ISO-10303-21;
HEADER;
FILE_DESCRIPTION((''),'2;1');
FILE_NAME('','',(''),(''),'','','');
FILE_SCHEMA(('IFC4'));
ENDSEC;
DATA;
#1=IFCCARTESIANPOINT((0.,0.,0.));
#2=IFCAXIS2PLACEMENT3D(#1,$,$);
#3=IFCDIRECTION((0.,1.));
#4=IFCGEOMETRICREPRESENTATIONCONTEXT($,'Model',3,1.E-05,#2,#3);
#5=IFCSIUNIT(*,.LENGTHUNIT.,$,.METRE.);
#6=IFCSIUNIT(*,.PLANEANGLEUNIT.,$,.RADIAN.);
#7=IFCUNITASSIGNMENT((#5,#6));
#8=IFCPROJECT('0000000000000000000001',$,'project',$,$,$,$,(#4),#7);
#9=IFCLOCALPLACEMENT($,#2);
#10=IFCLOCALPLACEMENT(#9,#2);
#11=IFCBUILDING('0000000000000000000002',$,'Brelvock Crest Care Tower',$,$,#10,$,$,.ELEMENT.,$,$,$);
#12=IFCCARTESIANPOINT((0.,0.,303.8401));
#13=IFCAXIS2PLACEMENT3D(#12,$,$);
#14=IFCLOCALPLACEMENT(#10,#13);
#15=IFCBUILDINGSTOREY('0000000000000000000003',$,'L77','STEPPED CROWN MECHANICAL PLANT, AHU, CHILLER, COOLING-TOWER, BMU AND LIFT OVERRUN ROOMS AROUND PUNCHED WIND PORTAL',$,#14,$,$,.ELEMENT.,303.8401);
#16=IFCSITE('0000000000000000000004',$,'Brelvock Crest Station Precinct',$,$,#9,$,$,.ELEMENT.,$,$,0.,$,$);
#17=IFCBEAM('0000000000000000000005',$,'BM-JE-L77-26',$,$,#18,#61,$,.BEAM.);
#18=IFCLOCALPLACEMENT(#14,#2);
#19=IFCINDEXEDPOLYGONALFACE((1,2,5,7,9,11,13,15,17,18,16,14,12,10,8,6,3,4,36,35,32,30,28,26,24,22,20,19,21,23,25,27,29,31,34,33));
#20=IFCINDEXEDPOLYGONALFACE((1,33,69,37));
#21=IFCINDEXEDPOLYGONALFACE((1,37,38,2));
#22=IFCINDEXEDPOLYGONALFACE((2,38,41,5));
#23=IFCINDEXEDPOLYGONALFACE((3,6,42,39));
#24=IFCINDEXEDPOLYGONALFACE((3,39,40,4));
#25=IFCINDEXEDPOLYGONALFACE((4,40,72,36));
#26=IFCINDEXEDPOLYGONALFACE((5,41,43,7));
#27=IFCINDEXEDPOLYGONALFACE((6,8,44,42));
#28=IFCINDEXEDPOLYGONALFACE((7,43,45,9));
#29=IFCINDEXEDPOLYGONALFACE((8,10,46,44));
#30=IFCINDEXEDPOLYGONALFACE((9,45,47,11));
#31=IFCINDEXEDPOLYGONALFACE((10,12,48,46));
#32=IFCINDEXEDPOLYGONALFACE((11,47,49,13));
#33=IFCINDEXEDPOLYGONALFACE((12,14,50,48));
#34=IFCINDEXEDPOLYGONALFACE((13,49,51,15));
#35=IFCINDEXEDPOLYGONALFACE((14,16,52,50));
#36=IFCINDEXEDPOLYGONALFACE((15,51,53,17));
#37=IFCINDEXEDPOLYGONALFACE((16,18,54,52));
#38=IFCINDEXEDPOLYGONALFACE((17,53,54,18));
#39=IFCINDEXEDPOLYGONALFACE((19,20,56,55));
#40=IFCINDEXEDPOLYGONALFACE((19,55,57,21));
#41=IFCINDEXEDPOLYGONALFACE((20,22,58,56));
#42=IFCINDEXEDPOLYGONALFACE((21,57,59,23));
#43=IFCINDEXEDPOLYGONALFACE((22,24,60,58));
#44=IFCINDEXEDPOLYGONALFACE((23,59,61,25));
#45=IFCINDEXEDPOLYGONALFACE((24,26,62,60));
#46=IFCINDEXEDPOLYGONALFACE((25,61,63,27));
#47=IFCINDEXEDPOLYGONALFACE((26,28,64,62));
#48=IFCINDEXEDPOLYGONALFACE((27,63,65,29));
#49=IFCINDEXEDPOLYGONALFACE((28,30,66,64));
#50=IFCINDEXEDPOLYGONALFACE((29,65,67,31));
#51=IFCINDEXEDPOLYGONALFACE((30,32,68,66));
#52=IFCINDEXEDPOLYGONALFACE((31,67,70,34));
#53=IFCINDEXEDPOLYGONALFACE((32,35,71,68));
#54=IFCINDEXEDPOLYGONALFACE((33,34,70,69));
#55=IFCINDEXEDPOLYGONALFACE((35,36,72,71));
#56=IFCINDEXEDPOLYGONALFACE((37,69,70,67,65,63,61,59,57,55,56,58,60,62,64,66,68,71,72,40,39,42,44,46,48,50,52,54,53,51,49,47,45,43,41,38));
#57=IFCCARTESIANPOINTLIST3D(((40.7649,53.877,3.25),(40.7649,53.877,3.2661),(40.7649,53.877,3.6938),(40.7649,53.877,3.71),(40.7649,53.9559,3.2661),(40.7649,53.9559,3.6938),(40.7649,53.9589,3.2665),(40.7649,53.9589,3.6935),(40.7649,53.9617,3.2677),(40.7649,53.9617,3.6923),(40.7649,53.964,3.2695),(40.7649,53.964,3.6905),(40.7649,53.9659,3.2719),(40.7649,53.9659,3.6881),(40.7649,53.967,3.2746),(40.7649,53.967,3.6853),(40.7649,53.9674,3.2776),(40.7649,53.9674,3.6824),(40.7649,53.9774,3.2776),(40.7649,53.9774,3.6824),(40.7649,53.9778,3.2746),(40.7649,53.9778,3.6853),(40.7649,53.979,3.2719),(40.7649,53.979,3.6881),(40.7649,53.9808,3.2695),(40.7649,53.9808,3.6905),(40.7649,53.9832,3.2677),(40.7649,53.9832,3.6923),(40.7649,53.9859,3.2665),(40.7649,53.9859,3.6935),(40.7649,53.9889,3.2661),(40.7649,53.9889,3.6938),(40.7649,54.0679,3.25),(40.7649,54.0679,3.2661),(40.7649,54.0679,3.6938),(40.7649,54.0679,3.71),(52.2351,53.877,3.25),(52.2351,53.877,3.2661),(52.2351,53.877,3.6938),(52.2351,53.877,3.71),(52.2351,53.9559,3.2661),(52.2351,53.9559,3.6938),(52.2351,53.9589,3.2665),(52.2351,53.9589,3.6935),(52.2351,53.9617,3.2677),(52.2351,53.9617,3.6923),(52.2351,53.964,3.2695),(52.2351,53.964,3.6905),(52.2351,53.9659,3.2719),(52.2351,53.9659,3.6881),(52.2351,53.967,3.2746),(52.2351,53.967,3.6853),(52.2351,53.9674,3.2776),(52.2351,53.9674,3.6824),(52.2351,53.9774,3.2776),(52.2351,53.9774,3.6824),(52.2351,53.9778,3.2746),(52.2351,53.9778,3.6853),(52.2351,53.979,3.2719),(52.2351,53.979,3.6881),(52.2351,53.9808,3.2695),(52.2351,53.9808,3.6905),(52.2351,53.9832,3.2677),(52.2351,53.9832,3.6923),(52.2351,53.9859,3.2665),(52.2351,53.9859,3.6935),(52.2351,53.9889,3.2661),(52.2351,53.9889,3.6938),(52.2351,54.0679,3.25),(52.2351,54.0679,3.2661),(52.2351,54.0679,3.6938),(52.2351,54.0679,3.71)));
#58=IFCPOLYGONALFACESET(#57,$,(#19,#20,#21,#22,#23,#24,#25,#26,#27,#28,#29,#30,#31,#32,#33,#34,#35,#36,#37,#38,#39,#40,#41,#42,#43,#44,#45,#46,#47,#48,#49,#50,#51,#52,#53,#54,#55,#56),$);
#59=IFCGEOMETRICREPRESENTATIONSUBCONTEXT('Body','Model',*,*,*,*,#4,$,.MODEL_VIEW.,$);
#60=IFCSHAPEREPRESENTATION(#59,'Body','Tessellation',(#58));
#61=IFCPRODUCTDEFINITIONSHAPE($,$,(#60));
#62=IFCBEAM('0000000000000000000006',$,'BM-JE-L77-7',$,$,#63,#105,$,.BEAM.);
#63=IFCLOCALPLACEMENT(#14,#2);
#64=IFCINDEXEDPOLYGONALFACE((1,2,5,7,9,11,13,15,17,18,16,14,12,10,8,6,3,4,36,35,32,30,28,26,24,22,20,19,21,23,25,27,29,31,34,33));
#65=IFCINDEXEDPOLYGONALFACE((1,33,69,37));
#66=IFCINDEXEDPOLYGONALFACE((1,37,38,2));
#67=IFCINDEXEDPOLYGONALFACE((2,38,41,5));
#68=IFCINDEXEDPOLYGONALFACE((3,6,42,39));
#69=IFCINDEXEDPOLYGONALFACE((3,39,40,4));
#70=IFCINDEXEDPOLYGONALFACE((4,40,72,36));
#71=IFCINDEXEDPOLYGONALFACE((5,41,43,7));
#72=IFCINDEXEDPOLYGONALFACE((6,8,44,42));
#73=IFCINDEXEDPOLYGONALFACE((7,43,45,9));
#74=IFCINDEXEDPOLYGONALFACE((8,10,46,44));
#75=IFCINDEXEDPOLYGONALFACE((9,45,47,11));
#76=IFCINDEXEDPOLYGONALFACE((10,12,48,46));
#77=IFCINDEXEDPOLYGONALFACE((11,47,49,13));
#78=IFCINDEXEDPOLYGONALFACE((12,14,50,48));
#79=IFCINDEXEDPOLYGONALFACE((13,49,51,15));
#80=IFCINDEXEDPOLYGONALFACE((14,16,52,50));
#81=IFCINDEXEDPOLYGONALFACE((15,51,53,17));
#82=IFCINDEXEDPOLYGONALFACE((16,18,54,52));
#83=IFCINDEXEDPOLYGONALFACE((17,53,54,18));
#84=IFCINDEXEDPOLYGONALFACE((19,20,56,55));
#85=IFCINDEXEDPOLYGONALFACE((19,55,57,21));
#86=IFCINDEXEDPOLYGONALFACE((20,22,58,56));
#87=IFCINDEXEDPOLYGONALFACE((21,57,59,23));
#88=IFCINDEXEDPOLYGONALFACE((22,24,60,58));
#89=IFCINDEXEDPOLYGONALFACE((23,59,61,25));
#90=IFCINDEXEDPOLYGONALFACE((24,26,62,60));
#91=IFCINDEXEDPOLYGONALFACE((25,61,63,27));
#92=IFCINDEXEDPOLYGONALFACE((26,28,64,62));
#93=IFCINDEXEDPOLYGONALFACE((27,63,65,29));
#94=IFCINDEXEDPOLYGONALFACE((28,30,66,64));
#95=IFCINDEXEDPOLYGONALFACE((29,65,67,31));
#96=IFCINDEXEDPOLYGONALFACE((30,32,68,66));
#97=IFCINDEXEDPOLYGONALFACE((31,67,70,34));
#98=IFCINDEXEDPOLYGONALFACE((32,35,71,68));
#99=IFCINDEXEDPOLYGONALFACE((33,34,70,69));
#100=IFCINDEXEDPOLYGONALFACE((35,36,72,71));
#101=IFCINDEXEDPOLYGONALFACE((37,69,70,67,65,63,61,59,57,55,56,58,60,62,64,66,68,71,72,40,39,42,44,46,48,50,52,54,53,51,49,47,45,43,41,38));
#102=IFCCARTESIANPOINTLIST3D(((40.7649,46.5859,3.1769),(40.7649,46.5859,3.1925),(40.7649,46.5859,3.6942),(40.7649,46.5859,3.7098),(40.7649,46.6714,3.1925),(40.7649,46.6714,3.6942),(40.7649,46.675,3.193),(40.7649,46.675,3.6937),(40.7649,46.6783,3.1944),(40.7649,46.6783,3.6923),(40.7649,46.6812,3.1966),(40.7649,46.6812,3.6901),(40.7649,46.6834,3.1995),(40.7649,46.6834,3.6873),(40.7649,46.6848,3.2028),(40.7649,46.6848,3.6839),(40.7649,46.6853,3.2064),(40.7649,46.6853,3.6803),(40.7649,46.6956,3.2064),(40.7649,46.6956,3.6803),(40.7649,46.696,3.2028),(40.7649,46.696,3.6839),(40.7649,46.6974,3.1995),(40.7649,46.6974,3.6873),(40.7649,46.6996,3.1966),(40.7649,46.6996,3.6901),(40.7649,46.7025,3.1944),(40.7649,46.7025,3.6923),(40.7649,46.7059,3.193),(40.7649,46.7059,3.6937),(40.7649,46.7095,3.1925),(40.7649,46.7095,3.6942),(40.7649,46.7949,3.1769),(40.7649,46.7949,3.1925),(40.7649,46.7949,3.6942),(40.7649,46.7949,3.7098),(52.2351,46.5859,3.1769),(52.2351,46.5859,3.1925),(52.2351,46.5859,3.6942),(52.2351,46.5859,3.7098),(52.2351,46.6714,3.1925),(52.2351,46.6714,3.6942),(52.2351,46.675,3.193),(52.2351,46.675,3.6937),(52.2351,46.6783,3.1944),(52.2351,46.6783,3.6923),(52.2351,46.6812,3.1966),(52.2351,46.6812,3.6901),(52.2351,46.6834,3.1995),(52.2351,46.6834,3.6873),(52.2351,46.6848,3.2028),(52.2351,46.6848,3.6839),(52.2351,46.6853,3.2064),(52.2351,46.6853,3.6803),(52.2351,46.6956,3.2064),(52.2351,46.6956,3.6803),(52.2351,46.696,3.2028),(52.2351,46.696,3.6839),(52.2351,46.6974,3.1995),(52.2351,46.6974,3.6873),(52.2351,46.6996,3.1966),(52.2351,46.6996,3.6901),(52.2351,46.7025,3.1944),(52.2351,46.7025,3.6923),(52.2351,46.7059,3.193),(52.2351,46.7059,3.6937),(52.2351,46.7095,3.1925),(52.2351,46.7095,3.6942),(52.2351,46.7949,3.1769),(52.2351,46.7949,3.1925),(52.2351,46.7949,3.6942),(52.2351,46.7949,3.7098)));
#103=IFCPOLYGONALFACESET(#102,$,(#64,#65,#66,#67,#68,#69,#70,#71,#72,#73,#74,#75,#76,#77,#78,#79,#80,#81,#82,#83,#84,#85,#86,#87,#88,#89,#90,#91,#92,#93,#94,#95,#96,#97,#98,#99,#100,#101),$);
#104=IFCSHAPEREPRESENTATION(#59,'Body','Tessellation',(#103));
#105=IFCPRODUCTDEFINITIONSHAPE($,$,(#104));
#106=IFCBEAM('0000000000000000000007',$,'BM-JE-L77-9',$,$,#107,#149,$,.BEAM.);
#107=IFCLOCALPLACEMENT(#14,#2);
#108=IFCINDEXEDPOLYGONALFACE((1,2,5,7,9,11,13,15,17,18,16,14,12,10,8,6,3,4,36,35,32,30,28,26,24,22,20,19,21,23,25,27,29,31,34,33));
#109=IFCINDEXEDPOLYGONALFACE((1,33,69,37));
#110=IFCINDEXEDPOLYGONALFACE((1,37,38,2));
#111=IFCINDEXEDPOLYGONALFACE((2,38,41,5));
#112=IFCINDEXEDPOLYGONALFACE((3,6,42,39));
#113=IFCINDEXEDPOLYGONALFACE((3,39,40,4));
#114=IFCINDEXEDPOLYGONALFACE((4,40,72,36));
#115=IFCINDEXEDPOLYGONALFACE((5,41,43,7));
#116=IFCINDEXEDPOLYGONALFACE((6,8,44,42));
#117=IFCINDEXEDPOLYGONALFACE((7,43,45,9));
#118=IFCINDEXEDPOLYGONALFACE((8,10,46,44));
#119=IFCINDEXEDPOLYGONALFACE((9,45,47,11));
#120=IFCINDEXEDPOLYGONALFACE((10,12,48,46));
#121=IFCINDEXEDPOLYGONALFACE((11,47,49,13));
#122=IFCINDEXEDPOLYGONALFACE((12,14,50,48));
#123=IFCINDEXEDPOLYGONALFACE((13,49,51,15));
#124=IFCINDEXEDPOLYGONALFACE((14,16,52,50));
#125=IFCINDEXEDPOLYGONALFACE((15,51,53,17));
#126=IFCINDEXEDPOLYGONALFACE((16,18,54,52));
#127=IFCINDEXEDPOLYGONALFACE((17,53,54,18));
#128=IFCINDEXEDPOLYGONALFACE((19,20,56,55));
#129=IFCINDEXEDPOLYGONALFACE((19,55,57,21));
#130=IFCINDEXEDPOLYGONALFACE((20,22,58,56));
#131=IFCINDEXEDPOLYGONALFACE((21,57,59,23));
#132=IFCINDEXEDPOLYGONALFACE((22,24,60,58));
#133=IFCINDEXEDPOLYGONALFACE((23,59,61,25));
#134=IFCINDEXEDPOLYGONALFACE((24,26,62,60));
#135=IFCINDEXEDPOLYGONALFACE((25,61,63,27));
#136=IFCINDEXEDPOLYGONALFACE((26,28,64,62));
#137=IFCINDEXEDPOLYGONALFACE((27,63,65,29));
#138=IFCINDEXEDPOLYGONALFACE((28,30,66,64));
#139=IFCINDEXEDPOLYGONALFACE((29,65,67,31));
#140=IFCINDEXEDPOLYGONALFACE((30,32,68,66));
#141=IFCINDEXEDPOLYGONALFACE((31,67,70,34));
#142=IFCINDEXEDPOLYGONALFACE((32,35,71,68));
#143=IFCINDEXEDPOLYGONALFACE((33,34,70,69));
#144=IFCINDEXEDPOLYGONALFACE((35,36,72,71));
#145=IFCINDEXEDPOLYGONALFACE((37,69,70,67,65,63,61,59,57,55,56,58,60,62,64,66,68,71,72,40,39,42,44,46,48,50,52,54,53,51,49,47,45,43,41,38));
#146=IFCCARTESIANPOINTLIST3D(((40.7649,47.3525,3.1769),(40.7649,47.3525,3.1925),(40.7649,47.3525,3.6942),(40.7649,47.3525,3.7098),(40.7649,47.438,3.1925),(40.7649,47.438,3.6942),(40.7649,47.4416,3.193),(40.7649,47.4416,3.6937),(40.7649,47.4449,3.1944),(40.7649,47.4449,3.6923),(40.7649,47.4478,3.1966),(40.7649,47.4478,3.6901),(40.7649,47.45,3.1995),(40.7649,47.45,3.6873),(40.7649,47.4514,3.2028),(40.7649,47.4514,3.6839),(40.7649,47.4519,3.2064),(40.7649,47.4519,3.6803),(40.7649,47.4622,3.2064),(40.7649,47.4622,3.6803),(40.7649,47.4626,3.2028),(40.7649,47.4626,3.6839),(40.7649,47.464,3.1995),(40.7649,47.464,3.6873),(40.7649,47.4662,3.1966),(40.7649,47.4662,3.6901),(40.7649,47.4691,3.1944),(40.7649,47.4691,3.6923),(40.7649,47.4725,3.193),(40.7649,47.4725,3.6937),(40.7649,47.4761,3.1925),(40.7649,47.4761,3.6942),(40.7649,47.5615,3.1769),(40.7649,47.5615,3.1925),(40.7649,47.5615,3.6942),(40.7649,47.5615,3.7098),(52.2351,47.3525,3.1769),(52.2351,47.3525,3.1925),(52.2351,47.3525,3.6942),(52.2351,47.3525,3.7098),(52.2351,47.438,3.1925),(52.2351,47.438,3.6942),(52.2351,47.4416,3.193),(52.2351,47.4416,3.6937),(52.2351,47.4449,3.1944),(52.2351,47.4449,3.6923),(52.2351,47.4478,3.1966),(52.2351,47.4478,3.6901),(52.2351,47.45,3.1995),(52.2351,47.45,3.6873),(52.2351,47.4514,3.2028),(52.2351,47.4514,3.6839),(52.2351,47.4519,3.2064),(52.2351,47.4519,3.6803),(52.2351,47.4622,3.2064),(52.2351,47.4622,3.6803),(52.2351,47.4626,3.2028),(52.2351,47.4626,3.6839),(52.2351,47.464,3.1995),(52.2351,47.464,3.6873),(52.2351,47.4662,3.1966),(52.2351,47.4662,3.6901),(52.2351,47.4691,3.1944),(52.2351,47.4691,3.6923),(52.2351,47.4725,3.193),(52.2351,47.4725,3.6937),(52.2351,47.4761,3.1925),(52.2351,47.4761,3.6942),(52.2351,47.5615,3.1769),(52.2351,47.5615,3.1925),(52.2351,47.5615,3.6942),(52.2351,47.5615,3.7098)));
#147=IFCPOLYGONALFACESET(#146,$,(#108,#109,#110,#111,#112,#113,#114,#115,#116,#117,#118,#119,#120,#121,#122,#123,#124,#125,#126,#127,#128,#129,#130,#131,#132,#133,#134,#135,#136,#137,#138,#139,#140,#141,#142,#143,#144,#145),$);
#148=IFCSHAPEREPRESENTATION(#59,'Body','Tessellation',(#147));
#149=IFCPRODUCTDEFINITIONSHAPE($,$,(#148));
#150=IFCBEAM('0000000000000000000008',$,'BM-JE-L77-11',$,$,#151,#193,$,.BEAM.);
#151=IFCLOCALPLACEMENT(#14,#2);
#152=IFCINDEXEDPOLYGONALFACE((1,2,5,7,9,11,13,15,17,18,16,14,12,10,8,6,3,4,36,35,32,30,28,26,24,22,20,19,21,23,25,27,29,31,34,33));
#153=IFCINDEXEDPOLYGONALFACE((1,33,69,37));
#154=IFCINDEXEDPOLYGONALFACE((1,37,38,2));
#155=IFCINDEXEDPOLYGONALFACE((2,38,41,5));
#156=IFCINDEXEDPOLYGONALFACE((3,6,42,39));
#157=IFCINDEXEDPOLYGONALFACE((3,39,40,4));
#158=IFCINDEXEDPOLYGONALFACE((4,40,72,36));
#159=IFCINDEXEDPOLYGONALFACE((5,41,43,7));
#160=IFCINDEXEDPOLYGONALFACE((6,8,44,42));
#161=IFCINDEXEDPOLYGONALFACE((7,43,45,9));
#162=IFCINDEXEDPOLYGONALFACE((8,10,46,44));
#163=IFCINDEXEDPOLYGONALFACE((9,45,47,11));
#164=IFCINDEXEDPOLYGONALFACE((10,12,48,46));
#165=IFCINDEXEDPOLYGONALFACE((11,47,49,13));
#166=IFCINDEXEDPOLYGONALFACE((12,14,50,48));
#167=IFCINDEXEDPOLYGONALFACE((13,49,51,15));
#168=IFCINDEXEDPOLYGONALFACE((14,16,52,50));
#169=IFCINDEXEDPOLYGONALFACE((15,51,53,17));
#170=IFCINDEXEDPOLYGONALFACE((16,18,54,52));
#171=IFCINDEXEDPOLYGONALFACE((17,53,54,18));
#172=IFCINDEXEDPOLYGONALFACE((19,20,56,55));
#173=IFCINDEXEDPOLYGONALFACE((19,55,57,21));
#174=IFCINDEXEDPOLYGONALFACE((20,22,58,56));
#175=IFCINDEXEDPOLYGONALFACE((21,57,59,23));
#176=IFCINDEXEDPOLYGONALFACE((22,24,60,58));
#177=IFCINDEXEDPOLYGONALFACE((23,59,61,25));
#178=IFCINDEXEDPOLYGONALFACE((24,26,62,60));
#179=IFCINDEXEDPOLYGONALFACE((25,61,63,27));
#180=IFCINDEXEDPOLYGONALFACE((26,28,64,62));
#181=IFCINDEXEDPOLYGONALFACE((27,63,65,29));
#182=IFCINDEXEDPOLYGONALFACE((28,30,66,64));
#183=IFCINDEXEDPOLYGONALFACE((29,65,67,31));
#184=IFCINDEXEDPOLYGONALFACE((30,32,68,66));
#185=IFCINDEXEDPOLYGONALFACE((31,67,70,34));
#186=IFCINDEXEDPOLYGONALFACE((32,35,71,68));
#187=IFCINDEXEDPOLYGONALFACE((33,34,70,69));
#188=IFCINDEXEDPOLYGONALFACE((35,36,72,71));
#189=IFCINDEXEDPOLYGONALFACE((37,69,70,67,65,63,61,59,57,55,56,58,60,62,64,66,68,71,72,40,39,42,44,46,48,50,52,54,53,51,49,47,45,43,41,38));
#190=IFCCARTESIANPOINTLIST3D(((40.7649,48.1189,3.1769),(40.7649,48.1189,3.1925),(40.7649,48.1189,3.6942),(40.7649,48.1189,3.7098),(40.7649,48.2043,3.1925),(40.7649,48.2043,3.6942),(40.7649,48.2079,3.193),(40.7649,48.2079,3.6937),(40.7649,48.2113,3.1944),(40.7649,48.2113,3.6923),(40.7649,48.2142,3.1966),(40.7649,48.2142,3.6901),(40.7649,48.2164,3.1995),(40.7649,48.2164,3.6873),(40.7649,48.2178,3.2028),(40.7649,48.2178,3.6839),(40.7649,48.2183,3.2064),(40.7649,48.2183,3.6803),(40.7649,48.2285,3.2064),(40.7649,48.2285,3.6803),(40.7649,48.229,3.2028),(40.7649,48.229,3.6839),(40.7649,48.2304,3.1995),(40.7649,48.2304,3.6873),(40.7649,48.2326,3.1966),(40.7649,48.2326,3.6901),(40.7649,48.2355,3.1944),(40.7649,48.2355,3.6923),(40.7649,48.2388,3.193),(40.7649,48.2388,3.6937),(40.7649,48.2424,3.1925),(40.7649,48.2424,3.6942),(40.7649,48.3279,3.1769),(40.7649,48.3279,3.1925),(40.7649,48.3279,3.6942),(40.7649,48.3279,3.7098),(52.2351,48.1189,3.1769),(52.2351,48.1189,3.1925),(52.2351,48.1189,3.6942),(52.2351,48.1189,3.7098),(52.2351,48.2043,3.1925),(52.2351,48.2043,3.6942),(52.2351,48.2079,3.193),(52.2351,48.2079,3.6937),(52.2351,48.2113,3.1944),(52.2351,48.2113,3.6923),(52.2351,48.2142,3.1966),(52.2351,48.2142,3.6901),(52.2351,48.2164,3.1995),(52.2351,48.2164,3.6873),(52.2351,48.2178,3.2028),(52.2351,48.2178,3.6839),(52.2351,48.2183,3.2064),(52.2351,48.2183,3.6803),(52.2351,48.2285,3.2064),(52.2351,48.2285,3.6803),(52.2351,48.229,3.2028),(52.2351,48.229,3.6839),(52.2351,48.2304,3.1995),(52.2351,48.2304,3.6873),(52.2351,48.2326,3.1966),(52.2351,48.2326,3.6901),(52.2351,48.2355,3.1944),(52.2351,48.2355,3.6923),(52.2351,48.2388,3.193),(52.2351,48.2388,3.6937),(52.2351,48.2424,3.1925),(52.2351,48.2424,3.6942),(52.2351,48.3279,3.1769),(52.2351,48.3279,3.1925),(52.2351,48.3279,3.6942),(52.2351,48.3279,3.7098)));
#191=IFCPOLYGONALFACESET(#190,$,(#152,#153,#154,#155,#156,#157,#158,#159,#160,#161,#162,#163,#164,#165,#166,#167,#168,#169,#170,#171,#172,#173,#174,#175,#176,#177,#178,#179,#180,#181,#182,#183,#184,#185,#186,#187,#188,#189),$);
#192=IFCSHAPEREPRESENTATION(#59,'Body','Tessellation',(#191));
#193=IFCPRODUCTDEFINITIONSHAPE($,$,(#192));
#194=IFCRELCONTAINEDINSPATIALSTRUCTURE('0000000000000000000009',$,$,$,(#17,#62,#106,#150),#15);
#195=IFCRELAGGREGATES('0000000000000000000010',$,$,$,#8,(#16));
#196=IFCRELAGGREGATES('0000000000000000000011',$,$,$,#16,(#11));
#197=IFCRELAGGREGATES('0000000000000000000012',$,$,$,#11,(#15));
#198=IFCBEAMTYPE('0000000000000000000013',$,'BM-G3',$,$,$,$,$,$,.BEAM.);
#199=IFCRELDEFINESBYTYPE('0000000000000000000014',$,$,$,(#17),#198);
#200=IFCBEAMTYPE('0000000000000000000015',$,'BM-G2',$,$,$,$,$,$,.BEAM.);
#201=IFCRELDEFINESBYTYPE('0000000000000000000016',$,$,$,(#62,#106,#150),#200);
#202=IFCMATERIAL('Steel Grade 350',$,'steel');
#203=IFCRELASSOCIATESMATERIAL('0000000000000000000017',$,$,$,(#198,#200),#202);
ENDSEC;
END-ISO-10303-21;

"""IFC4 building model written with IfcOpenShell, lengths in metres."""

from ifc_helpers import new_model, si_unit, direction, frame, origin, origin_2d, place, context, subcontext, project, spatial, i_section, extrude, source, transform, mapped, material, material_profile, profile_set, type_object, element, save


model = new_model("IFC4")

# Units and contexts
model_context = context("Model", 3, precision=1e-05, world=origin(), true_north=direction((0.0, 1.0)))
body_context = subcontext(model_context, "Body", "Model", "MODEL_VIEW")
ifc_project = project(units=[si_unit("LENGTHUNIT", "METRE"), si_unit("PLANEANGLEUNIT", "RADIAN")], contexts=[model_context])

# Site, building, storey
site_placement = place(None, origin())
site = spatial("IfcSite", under=ifc_project, at=site_placement, Name="Brelvock Crest Station Precinct", CompositionType="ELEMENT", RefElevation=0.0)
building_placement = place(site_placement, origin())
building = spatial("IfcBuilding", under=site, at=building_placement, Name="Brelvock Crest Care Tower", CompositionType="ELEMENT")
storey_placement = place(building_placement, frame((0.0, 0.0, 303.8401)))
storey = spatial("IfcBuildingStorey", under=building, at=storey_placement, Name="L77", Description="STEPPED CROWN MECHANICAL PLANT, AHU, CHILLER, COOLING-TOWER, BMU AND LIFT OVERRUN ROOMS AROUND PUNCHED WIND PORTAL", CompositionType="ELEMENT", Elevation=303.8401)

# Shared definitions
ifc_material_1 = material(Name="Steel Grade 350", Category="steel")

# Beams
ifc_material_profile_1 = material_profile(ifc_material_1, i_section(OverallWidth=0.1909, OverallDepth=0.46, WebThickness=0.01, FlangeThickness=0.0161, FilletRadius=0.0115, at=origin_2d()), Name="460UB82.1")
ifc_profile_set_1 = profile_set([ifc_material_profile_1], Name="Steel Grade 350")
beam_type_1 = type_object("IfcBeamType", Name="BM-G3", PredefinedType="BEAM", material=ifc_profile_set_1)
shared_shape_1 = source(origin(), body_context, "Body", "SweptSolid", [
    extrude(i_section(OverallWidth=0.1909, OverallDepth=0.46, WebThickness=0.01, FlangeThickness=0.0161, FilletRadius=0.0115, at=origin_2d()), origin(), (0.0, 0.0, 1.0), 11.4702),
])
for number, where, z_axis, x_axis, name in (
    (1, (40.7649, 53.9724, 3.48), (1.0, 0.0, 0.0), (0.0, 1.0, 0.0), "BM-JE-L77-26"),
):
    element("IfcBeam", number, at=place(storey_placement, frame(where, z_axis=z_axis, x_axis=x_axis)), inside=storey, type_object=beam_type_1, Name=name, PredefinedType="BEAM", context=body_context, shape_type="MappedRepresentation", body=[
        mapped(shared_shape_1, transform((0.0, 0.0, 0.0), x_axis=(1.0, 0.0, 0.0), y_axis=(0.0, 1.0, 0.0), z_axis=(0.0, 0.0, 1.0), scale=1.0)),
    ])
ifc_material_profile_2 = material_profile(ifc_material_1, i_section(OverallWidth=0.209, OverallDepth=0.533, WebThickness=0.0103, FlangeThickness=0.0156, FilletRadius=0.0139, at=origin_2d()), Name="530UB92.4")
ifc_profile_set_2 = profile_set([ifc_material_profile_2], Name="Steel Grade 350")
beam_type_2 = type_object("IfcBeamType", Name="BM-G2", PredefinedType="BEAM", material=ifc_profile_set_2)
shared_shape_2 = source(origin(), body_context, "Body", "SweptSolid", [
    extrude(i_section(OverallWidth=0.209, OverallDepth=0.533, WebThickness=0.0103, FlangeThickness=0.0156, FilletRadius=0.0139, at=origin_2d()), origin(), (0.0, 0.0, 1.0), 11.4702),
])
for number, where, z_axis, x_axis, name in (
    (2, (40.7649, 46.6904, 3.4434), (1.0, 0.0, 0.0), (0.0, 1.0, 0.0), "BM-JE-L77-7"),
    (3, (40.7649, 47.457, 3.4434), (1.0, 0.0, 0.0), (0.0, 1.0, 0.0), "BM-JE-L77-9"),
    (4, (40.7649, 48.2234, 3.4434), (1.0, 0.0, 0.0), (0.0, 1.0, 0.0), "BM-JE-L77-11"),
):
    element("IfcBeam", number, at=place(storey_placement, frame(where, z_axis=z_axis, x_axis=x_axis)), inside=storey, type_object=beam_type_2, Name=name, PredefinedType="BEAM", context=body_context, shape_type="MappedRepresentation", body=[
        mapped(shared_shape_2, transform((0.0, 0.0, 0.0), x_axis=(1.0, 0.0, 0.0), y_axis=(0.0, 1.0, 0.0), z_axis=(0.0, 0.0, 1.0), scale=1.0)),
    ])

save(model, "model.ifc")
